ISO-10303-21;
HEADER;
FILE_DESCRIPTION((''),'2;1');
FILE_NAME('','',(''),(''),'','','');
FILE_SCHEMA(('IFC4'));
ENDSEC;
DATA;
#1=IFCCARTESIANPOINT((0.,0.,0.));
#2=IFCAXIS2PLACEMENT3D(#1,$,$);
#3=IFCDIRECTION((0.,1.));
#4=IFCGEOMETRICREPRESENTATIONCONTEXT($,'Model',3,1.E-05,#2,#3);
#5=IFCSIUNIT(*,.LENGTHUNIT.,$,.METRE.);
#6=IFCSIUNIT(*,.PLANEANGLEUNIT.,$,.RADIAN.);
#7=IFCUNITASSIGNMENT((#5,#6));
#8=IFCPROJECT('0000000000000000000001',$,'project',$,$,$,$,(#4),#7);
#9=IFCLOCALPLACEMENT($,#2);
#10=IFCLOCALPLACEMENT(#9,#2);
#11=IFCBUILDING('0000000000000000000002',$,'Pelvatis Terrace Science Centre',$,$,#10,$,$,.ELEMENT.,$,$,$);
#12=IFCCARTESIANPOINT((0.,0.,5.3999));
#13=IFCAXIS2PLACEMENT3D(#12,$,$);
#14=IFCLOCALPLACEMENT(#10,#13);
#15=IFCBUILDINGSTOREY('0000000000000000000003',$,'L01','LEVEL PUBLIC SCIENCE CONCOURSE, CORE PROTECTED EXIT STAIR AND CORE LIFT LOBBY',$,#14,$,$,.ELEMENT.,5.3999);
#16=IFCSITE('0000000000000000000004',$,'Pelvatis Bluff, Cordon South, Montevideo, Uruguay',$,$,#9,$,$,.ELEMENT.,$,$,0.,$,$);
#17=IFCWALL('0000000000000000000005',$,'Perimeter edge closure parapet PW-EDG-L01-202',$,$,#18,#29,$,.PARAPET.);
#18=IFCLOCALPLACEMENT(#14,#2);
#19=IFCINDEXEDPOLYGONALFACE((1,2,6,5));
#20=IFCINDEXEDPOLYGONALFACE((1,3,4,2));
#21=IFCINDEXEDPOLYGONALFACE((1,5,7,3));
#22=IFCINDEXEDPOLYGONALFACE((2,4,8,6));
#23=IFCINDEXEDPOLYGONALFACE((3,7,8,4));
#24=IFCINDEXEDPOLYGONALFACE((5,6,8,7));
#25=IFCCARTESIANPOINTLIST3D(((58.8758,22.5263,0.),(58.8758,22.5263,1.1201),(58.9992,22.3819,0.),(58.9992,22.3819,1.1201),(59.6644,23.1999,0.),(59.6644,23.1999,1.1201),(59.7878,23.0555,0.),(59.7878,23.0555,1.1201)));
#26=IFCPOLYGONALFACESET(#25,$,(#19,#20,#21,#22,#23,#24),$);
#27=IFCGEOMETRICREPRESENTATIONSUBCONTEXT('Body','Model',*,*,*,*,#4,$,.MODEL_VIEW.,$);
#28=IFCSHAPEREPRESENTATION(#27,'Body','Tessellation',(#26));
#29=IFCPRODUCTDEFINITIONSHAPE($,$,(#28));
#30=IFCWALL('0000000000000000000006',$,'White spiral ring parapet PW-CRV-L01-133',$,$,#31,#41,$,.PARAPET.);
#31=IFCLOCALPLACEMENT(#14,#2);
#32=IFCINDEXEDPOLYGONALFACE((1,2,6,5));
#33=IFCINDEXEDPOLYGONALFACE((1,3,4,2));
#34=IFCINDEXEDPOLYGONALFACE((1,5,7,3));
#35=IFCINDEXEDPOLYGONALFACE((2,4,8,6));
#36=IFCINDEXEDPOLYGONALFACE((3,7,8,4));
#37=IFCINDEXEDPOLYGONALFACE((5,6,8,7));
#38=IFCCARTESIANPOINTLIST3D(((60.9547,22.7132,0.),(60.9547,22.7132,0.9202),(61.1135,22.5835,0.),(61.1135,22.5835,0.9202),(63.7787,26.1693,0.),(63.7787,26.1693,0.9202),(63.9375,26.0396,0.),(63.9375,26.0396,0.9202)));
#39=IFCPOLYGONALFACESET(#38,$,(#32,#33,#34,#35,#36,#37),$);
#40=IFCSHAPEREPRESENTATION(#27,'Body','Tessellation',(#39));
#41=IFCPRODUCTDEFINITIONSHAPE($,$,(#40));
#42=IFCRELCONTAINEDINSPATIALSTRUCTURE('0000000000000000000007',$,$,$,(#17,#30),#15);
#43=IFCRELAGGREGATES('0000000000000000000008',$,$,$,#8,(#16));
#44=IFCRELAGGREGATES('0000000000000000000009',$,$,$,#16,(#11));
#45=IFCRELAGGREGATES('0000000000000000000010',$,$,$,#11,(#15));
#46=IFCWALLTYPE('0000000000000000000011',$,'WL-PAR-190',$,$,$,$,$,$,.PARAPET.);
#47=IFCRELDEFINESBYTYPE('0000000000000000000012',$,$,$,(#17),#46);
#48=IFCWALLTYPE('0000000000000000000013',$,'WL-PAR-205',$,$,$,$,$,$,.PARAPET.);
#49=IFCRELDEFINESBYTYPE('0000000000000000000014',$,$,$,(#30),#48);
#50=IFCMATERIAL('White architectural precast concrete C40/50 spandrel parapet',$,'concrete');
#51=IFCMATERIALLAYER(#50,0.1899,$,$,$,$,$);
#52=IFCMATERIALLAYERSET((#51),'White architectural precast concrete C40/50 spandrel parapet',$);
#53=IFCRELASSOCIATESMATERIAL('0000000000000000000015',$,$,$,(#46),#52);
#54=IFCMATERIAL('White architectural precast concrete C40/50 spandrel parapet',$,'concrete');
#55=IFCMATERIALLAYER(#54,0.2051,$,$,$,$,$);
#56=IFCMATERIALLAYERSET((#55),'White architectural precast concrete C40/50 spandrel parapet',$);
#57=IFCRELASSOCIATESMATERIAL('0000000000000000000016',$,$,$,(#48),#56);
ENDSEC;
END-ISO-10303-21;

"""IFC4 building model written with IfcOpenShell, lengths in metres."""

from ifc_helpers import new_model, si_unit, direction, frame, frame_2d, origin, place, context, subcontext, project, spatial, rectangle, extrude, material, layer, layer_set, type_object, element, save


model = new_model("IFC4")

# Units and contexts
model_context = context("Model", 3, precision=1e-05, world=origin(), true_north=direction((0.0, 1.0)))
body_context = subcontext(model_context, "Body", "Model", "MODEL_VIEW")
ifc_project = project(units=[si_unit("LENGTHUNIT", "METRE"), si_unit("PLANEANGLEUNIT", "RADIAN")], contexts=[model_context])

# Site, building, storey
site_placement = place(None, origin())
site = spatial("IfcSite", under=ifc_project, at=site_placement, Name="Pelvatis Bluff, Cordon South, Montevideo, Uruguay", CompositionType="ELEMENT", RefElevation=0.0)
building_placement = place(site_placement, origin())
building = spatial("IfcBuilding", under=site, at=building_placement, Name="Pelvatis Terrace Science Centre", CompositionType="ELEMENT")
storey_placement = place(building_placement, frame((0.0, 0.0, 5.3999)))
storey = spatial("IfcBuildingStorey", under=building, at=storey_placement, Name="L01", Description="LEVEL PUBLIC SCIENCE CONCOURSE, CORE PROTECTED EXIT STAIR AND CORE LIFT LOBBY", CompositionType="ELEMENT", Elevation=5.3999)

# Walls
ifc_material_1 = material(Name="White architectural precast concrete C40/50 spandrel parapet", Category="concrete")
ifc_layer_1 = layer(ifc_material_1, 0.1899)
ifc_layer_set_1 = layer_set([ifc_layer_1], Name="White architectural precast concrete C40/50 spandrel parapet")
wall_type_1 = type_object("IfcWallType", Name="WL-PAR-190", PredefinedType="PARAPET", material=ifc_layer_set_1)
wall_1_placement = place(storey_placement, frame((59.7261, 23.1277, 0.0), z_axis=(0.0, 0.0, 1.0), x_axis=(-0.760369, -0.649492, 0.0)))
element("IfcWall", 1, at=wall_1_placement, inside=storey, type_object=wall_type_1, Name="Perimeter edge closure parapet PW-EDG-L01-202", PredefinedType="PARAPET", context=body_context, shape_type="SweptSolid", body=[
    extrude(rectangle(XDim=1.0371, YDim=0.1899, at=frame_2d((0.5186, 0.0))), origin(), (0.0, 0.0, 1.0), 1.1201),
])
ifc_material_2 = material(Name="White architectural precast concrete C40/50 spandrel parapet", Category="concrete")
ifc_layer_2 = layer(ifc_material_2, 0.2051)
ifc_layer_set_2 = layer_set([ifc_layer_2], Name="White architectural precast concrete C40/50 spandrel parapet")
wall_type_2 = type_object("IfcWallType", Name="WL-PAR-205", PredefinedType="PARAPET", material=ifc_layer_set_2)
wall_2_placement = place(storey_placement, frame((61.0342, 22.6484, 0.0), z_axis=(0.0, 0.0, 1.0), x_axis=(0.63274, 0.774364, 0.0)))
element("IfcWall", 2, at=wall_2_placement, inside=storey, type_object=wall_type_2, Name="White spiral ring parapet PW-CRV-L01-133", PredefinedType="PARAPET", context=body_context, shape_type="SweptSolid", body=[
    extrude(rectangle(XDim=4.4631, YDim=0.2051, at=frame_2d((2.2314, 0.0))), origin(), (0.0, 0.0, 1.0), 0.9202),
])

save(model, "model.ifc")
